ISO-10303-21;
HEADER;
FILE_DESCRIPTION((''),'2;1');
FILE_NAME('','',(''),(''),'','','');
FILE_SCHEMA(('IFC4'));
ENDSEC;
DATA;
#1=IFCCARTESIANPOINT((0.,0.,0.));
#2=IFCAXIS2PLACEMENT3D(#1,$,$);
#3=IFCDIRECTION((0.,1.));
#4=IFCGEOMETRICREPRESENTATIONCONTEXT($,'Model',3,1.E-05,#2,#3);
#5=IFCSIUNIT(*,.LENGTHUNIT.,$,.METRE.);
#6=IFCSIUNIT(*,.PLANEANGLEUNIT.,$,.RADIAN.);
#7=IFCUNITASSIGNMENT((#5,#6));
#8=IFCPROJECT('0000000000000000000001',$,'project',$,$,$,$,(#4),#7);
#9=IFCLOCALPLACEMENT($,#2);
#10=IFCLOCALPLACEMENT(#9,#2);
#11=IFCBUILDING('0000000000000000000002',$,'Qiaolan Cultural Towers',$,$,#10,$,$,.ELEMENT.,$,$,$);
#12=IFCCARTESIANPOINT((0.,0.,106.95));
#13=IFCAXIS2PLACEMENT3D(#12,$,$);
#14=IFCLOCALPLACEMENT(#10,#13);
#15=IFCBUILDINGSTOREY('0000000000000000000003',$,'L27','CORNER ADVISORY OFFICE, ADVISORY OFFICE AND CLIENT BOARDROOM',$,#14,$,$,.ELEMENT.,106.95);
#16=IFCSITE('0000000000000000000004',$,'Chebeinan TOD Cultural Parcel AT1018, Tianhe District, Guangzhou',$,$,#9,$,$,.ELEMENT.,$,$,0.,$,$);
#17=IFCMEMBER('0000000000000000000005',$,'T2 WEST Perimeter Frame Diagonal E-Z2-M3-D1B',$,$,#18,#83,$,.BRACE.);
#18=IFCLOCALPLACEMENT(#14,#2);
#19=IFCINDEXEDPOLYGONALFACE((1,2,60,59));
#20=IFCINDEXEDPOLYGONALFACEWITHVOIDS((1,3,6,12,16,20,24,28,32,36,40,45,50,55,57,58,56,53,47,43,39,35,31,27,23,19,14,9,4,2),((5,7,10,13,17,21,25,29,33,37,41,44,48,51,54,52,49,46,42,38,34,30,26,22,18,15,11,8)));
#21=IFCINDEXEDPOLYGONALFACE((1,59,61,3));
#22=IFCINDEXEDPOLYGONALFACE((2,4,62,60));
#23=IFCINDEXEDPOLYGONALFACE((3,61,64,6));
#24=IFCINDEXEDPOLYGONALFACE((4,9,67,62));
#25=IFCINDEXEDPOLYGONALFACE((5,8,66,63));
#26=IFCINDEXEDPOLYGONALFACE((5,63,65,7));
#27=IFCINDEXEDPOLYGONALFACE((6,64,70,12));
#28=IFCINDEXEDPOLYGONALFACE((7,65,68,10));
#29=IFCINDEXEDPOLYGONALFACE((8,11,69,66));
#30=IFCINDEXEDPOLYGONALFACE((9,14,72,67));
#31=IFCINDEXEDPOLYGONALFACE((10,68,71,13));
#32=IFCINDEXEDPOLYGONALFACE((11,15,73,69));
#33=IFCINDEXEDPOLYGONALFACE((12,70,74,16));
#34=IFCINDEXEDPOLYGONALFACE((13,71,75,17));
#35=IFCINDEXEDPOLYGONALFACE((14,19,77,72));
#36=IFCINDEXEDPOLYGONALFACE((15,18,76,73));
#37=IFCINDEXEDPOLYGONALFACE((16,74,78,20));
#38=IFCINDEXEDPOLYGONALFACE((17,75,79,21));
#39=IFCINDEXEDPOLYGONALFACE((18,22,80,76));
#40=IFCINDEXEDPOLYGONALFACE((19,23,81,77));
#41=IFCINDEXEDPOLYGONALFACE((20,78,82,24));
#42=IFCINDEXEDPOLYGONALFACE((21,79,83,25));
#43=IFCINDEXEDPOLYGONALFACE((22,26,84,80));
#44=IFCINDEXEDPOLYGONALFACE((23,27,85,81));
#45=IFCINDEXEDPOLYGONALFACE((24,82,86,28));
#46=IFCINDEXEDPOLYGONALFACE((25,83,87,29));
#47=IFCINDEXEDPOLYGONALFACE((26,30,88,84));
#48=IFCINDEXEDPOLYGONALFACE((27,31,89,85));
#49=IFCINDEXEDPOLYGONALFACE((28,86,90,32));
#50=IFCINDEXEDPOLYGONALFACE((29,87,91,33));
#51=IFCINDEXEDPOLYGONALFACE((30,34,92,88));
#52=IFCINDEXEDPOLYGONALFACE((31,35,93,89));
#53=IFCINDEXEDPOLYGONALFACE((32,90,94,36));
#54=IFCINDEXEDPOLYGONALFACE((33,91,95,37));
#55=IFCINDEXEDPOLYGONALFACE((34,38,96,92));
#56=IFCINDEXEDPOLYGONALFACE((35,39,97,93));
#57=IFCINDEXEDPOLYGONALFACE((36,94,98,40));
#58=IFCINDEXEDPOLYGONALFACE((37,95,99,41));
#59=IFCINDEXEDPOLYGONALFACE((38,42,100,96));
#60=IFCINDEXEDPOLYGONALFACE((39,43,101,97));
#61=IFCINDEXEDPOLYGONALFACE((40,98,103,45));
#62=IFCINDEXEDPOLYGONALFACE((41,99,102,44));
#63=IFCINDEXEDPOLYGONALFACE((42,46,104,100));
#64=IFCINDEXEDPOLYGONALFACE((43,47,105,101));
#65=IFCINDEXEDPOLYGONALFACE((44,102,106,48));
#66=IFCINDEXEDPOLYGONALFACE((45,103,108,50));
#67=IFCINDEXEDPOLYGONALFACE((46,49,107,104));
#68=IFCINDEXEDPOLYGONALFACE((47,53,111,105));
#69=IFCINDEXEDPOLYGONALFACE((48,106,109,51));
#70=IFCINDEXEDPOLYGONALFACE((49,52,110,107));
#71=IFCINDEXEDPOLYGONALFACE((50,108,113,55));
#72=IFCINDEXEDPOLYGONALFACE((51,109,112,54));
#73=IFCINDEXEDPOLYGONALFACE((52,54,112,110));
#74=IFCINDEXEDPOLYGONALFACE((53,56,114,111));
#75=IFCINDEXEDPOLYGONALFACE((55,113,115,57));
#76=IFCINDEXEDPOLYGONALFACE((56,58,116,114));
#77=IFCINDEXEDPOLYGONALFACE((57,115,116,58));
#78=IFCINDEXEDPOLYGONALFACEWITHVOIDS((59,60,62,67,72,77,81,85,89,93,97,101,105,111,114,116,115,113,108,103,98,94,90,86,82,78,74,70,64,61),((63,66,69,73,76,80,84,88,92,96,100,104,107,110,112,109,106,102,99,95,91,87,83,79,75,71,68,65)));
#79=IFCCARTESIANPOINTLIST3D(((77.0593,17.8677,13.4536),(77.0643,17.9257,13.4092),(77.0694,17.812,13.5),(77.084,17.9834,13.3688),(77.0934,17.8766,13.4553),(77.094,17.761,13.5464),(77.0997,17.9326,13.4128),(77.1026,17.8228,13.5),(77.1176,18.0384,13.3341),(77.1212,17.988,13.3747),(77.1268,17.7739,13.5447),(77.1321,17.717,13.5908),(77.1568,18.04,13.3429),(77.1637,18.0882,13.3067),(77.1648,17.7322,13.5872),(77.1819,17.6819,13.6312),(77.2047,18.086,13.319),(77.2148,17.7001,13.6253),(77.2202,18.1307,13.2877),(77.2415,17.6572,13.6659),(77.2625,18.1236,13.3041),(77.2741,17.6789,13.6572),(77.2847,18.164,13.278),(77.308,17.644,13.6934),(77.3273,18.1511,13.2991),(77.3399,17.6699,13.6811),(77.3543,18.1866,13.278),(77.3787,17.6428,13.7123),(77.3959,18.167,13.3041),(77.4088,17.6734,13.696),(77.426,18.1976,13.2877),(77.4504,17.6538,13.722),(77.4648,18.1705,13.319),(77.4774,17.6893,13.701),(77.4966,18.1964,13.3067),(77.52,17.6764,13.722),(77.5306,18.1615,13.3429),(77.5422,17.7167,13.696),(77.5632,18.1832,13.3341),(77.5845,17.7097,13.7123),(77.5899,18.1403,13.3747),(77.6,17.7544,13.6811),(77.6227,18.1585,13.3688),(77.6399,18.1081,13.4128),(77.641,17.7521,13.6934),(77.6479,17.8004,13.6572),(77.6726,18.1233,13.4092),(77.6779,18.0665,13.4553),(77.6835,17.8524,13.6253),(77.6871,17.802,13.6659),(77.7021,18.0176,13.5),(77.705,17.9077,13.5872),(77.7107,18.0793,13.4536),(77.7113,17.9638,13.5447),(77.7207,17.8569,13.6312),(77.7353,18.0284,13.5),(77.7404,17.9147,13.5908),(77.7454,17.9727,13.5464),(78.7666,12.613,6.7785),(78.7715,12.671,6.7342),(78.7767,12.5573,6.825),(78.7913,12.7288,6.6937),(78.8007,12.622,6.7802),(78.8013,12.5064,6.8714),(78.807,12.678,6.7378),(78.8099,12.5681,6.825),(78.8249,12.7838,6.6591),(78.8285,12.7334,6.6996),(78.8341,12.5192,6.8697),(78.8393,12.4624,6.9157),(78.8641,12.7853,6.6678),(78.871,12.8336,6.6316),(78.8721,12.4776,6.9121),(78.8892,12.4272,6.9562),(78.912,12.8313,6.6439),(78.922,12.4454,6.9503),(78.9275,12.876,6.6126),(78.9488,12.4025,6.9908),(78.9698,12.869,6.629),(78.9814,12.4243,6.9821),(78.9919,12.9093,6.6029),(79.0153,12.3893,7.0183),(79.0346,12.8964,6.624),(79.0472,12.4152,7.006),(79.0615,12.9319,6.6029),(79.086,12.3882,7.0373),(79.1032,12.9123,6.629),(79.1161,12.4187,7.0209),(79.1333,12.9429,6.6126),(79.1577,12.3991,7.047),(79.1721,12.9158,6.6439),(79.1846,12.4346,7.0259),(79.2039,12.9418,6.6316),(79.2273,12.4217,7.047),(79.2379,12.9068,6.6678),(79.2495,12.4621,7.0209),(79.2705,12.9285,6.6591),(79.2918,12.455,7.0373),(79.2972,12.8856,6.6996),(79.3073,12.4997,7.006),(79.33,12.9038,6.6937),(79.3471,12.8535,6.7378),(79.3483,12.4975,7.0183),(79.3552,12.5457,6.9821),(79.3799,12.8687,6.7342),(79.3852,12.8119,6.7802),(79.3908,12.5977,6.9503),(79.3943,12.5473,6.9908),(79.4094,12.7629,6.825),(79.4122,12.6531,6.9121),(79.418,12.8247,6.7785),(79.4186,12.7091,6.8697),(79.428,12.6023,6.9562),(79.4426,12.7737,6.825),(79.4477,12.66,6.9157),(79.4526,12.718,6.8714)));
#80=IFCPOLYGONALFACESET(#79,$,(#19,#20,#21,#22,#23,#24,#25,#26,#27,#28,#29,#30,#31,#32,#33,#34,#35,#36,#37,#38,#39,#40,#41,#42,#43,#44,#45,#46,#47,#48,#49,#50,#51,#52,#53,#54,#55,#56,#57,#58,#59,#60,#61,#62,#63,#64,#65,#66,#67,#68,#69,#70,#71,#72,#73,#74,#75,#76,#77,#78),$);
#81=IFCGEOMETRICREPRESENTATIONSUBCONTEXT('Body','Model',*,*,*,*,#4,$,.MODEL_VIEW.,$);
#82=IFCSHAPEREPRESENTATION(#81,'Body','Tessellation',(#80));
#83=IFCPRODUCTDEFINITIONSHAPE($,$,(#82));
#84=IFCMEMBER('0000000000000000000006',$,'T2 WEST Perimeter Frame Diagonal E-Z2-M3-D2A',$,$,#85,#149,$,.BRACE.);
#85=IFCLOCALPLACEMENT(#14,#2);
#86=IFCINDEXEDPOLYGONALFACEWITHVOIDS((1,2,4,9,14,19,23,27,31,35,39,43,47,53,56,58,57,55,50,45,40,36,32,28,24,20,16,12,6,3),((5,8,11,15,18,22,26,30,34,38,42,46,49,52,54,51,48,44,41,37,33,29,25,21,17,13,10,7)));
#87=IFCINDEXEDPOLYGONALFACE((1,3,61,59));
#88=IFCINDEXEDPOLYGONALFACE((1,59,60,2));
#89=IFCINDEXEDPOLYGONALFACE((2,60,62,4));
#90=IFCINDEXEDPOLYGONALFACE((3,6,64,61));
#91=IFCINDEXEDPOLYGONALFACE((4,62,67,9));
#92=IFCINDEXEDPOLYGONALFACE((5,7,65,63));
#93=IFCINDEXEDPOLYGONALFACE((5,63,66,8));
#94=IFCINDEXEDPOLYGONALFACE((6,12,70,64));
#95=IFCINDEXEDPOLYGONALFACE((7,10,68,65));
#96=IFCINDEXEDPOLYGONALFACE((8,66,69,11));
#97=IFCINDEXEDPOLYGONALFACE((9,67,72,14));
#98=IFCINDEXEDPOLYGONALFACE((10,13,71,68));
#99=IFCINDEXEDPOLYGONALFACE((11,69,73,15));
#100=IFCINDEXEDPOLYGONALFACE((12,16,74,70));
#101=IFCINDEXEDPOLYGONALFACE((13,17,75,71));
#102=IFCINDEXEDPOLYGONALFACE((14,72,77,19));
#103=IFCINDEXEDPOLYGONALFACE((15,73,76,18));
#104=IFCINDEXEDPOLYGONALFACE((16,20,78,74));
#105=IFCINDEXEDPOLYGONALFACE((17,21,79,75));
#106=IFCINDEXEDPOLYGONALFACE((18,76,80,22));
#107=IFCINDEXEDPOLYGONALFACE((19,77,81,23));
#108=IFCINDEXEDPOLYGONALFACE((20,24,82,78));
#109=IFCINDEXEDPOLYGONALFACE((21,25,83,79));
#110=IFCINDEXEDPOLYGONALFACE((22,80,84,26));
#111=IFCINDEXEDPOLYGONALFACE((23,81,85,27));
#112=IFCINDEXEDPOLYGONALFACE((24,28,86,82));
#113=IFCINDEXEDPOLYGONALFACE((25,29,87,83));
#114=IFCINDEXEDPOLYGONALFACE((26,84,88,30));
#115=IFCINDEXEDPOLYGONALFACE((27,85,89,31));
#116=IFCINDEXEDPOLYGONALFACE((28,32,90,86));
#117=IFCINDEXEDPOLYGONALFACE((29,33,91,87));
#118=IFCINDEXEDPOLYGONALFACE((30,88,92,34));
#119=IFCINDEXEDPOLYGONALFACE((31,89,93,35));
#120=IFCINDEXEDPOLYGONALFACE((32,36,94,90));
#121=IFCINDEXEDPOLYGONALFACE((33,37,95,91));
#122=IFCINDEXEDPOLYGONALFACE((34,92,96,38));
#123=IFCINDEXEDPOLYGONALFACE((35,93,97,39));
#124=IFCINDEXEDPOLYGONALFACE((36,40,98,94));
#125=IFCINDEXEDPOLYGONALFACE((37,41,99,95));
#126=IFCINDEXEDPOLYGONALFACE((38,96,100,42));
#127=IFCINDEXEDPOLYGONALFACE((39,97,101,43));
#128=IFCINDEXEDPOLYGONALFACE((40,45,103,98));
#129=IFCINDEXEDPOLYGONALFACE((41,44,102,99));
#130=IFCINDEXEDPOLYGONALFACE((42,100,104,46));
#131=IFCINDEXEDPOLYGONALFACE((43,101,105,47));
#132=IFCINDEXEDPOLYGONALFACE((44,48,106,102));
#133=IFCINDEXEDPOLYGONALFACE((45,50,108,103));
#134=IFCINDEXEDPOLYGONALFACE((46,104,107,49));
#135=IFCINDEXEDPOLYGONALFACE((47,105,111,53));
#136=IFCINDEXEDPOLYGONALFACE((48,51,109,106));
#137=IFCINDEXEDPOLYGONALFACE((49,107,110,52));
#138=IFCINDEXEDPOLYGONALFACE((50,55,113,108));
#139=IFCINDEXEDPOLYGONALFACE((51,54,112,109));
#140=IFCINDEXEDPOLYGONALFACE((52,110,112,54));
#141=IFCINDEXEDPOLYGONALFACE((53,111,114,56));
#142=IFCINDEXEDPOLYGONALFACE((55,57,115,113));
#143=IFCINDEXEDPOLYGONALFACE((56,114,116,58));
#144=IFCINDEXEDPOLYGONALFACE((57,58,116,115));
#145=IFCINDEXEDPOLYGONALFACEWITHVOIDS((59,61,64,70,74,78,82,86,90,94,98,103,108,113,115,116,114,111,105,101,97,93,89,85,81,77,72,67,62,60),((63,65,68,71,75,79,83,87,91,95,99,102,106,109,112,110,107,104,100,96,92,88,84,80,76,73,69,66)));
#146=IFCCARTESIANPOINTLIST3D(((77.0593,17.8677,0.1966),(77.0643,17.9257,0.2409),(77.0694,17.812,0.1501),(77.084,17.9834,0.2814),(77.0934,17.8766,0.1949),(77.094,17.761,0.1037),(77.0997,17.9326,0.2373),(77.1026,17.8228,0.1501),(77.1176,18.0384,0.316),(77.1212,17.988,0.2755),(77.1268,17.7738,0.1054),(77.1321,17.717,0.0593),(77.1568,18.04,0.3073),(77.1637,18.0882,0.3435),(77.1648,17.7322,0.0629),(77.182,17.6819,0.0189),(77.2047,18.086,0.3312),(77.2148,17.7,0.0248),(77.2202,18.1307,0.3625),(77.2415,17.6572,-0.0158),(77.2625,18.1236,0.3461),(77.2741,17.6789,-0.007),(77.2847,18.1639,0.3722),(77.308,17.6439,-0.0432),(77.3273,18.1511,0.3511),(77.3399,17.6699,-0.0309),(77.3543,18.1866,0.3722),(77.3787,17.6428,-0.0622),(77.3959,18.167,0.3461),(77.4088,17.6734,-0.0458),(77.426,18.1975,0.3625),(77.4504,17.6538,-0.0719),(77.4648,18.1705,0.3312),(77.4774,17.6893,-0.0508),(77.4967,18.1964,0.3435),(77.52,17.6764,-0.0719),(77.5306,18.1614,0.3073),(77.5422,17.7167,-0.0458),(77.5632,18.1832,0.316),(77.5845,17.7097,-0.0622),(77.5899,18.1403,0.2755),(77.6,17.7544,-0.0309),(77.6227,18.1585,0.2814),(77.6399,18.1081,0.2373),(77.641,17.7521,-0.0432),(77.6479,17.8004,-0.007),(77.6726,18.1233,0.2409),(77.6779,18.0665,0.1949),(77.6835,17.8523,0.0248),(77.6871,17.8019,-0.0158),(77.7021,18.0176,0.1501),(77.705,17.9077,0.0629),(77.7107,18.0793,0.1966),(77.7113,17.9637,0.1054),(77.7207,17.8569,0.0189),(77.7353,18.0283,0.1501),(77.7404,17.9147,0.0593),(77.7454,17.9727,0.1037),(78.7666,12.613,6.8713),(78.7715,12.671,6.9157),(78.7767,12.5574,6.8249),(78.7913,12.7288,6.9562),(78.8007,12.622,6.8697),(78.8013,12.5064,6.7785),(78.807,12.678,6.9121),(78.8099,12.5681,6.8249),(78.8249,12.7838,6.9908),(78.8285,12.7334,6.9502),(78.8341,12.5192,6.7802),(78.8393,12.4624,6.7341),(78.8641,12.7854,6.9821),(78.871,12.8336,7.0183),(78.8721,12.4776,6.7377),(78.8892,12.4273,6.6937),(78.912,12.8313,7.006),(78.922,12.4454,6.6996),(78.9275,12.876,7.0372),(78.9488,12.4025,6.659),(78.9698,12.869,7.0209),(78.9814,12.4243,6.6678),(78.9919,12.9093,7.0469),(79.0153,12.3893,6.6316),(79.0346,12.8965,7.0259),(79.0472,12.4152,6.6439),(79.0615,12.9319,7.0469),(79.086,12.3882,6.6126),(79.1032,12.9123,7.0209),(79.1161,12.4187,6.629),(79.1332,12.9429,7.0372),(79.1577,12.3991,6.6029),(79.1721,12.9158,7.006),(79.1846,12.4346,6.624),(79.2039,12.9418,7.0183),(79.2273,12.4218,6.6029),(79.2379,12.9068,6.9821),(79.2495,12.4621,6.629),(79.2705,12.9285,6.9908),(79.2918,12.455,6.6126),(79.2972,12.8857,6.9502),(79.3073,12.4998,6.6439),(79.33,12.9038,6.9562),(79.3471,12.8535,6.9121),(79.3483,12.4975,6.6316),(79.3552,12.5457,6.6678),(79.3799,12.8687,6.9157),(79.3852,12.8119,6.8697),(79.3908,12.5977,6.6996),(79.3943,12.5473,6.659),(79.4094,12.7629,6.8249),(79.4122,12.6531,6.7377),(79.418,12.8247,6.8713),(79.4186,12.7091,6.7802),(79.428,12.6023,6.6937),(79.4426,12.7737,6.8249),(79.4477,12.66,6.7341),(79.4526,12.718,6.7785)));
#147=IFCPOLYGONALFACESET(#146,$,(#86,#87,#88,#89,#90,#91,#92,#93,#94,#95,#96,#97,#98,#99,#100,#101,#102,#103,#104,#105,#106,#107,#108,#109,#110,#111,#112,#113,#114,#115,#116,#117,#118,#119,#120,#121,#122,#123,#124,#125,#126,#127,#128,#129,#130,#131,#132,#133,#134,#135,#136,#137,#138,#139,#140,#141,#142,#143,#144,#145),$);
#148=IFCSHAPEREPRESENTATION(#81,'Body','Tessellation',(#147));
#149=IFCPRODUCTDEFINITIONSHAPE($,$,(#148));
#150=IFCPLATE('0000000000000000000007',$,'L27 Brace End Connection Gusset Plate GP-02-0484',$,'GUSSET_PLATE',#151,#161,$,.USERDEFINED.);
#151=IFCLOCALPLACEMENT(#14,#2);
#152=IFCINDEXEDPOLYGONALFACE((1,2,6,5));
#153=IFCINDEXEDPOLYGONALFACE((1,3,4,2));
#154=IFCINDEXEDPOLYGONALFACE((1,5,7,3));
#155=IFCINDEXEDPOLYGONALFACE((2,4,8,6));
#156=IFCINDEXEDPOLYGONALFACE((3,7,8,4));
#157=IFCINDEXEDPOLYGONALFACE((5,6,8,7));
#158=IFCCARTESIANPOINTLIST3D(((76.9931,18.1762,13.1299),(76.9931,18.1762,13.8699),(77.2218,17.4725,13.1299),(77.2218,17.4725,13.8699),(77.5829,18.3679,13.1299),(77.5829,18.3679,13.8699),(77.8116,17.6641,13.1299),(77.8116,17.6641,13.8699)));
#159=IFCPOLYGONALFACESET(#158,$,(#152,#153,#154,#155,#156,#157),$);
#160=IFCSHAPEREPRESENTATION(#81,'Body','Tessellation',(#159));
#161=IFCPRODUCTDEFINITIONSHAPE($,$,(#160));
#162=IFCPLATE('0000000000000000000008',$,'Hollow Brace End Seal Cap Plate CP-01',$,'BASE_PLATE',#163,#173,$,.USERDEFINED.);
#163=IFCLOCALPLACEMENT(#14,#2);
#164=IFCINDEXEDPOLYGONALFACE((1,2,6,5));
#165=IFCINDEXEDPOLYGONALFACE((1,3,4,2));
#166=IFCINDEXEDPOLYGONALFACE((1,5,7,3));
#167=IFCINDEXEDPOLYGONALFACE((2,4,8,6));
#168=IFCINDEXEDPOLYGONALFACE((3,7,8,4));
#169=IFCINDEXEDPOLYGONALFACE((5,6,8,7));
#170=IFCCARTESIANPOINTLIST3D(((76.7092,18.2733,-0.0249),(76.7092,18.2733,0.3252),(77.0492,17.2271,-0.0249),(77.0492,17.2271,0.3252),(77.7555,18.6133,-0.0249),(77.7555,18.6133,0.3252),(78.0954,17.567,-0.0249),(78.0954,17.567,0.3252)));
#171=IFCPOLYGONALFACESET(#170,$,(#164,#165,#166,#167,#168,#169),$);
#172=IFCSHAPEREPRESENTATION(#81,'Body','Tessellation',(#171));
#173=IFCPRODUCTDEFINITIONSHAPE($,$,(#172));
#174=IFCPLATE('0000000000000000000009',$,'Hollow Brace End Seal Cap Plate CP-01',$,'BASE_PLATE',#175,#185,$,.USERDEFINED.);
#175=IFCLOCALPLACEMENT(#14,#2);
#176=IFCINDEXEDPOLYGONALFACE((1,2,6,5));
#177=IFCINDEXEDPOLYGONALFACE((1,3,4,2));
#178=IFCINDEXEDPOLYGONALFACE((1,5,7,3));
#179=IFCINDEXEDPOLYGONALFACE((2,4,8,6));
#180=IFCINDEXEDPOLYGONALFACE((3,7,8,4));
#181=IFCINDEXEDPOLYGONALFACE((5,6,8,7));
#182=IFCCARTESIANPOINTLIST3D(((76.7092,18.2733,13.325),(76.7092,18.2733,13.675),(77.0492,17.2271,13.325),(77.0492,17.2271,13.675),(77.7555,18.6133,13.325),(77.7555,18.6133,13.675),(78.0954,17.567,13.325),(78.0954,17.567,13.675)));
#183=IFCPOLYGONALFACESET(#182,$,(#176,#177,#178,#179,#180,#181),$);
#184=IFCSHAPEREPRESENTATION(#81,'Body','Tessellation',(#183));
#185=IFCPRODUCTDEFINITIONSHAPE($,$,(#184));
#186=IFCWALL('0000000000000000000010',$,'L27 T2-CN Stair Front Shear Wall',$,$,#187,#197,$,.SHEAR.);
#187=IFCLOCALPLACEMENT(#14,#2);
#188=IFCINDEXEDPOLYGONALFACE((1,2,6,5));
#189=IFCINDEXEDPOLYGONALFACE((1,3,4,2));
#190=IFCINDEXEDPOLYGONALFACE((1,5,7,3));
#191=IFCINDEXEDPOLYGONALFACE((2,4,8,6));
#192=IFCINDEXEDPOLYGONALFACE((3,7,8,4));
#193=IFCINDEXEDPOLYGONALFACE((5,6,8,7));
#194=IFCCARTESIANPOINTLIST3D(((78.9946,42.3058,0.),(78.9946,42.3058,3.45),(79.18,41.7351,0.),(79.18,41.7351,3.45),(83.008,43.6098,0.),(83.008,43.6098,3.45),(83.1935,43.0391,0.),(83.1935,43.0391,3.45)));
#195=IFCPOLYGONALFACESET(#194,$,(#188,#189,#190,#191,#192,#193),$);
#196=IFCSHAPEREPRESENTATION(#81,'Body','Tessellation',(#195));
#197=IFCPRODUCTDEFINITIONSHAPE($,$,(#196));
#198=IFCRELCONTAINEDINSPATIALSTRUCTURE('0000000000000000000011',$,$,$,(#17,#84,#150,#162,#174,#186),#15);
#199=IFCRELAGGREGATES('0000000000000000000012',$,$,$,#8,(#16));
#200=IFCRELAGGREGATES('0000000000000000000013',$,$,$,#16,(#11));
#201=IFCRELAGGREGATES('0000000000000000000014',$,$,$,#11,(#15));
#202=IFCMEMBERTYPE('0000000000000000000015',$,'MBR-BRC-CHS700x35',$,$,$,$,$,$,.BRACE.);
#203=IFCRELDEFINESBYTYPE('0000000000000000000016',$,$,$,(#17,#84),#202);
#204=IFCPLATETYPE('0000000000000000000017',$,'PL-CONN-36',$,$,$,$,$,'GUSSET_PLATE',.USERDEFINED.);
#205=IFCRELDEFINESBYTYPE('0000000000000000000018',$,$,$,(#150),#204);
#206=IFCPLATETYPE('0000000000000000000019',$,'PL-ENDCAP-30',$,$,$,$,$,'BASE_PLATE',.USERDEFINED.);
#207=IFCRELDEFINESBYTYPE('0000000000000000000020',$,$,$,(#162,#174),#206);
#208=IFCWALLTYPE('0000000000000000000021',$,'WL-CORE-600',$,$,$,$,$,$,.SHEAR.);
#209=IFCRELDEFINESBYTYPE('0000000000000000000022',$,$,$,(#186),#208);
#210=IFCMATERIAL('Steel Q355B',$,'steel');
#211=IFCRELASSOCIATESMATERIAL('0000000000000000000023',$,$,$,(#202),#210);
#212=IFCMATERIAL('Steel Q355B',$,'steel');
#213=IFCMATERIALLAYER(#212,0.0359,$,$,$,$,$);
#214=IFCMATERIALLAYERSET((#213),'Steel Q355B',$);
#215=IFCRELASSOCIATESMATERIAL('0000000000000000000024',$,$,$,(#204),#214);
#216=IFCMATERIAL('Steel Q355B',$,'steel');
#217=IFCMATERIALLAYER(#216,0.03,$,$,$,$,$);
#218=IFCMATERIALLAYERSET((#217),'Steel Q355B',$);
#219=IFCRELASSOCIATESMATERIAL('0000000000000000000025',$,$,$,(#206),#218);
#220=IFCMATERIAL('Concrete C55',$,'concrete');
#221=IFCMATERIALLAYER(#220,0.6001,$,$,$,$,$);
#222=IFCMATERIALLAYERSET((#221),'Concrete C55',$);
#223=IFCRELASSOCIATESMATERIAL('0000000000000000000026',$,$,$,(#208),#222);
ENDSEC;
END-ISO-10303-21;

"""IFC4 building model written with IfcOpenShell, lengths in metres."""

from ifc_helpers import new_model, si_unit, direction, frame, frame_2d, origin, origin_2d, place, context, subcontext, project, spatial, rectangle, hollow_circle, extrude, material, layer, layer_set, material_profile, profile_set, type_object, element, save


model = new_model("IFC4")

# Units and contexts
model_context = context("Model", 3, precision=1e-05, world=origin(), true_north=direction((0.0, 1.0)))
body_context = subcontext(model_context, "Body", "Model", "MODEL_VIEW")
ifc_project = project(units=[si_unit("LENGTHUNIT", "METRE"), si_unit("PLANEANGLEUNIT", "RADIAN")], contexts=[model_context])

# Site, building, storey
site_placement = place(None, origin())
site = spatial("IfcSite", under=ifc_project, at=site_placement, Name="Chebeinan TOD Cultural Parcel AT1018, Tianhe District, Guangzhou", CompositionType="ELEMENT", RefElevation=0.0)
building_placement = place(site_placement, origin())
building = spatial("IfcBuilding", under=site, at=building_placement, Name="Qiaolan Cultural Towers", CompositionType="ELEMENT")
storey_placement = place(building_placement, frame((0.0, 0.0, 106.95)))
storey = spatial("IfcBuildingStorey", under=building, at=storey_placement, Name="L27", Description="CORNER ADVISORY OFFICE, ADVISORY OFFICE AND CLIENT BOARDROOM", CompositionType="ELEMENT", Elevation=106.95)

# Members
ifc_material_1 = material(Name="Steel Q355B", Category="steel")
ifc_material_profile_1 = material_profile(ifc_material_1, hollow_circle(Radius=0.3501, WallThickness=0.0349, at=origin_2d()), Name="CHS700x35")
ifc_profile_set_1 = profile_set([ifc_material_profile_1], Name="Steel Q355B")
member_type = type_object("IfcMemberType", Name="MBR-BRC-CHS700x35", PredefinedType="BRACE", material=ifc_profile_set_1)
member_1_placement = place(storey_placement, frame((79.1096, 12.6655, 6.825), z_axis=(-0.197031, 0.606421, 0.770346), x_axis=(-0.95106, -0.309007, 0.0)))
element("IfcMember", 1, at=member_1_placement, inside=storey, type_object=member_type, Name="T2 WEST Perimeter Frame Diagonal E-Z2-M3-D1B", PredefinedType="BRACE", context=body_context, shape_type="SweptSolid", body=[
    extrude(hollow_circle(Radius=0.3501, WallThickness=0.0349, at=origin_2d()), origin(), (0.0, 0.0, 1.0), 8.665),
])
member_2_placement = place(storey_placement, frame((77.4023, 17.9202, 0.1501), z_axis=(0.197035, -0.606434, 0.770334), x_axis=(0.95106, 0.309007, 0.0)))
element("IfcMember", 2, at=member_2_placement, inside=storey, type_object=member_type, Name="T2 WEST Perimeter Frame Diagonal E-Z2-M3-D2A", PredefinedType="BRACE", context=body_context, shape_type="SweptSolid", body=[
    extrude(hollow_circle(Radius=0.3501, WallThickness=0.0349, at=origin_2d()), origin(), (0.0, 0.0, 1.0), 8.6648),
])

# Plates
ifc_material_2 = material(Name="Steel Q355B", Category="steel")
ifc_layer_1 = layer(ifc_material_2, 0.0359)
ifc_layer_set_1 = layer_set([ifc_layer_1], Name="Steel Q355B")
plate_type_1 = type_object("IfcPlateType", Name="PL-CONN-36", ElementType="GUSSET_PLATE", PredefinedType="USERDEFINED", material=ifc_layer_set_1)
plate_placement = place(storey_placement, frame((77.4023, 17.9202, 13.1299), z_axis=(0.0, 0.0, 1.0), x_axis=(-0.309017, 0.951057, 0.0)))
element("IfcPlate", 3, at=plate_placement, inside=storey, type_object=plate_type_1, Name="L27 Brace End Connection Gusset Plate GP-02-0484", ObjectType="GUSSET_PLATE", PredefinedType="USERDEFINED", context=body_context, shape_type="SweptSolid", body=[
    extrude(rectangle(XDim=0.74, YDim=0.6201, at=origin_2d()), origin(), (0.0, 0.0, 1.0), 0.74),
])
ifc_material_3 = material(Name="Steel Q355B", Category="steel")
ifc_layer_2 = layer(ifc_material_3, 0.03)
ifc_layer_set_2 = layer_set([ifc_layer_2], Name="Steel Q355B")
plate_type_2 = type_object("IfcPlateType", Name="PL-ENDCAP-30", ElementType="BASE_PLATE", PredefinedType="USERDEFINED", material=ifc_layer_set_2)
for number, where, z_axis, x_axis, name in (
    (4, (77.4023, 17.9202, -0.0249), (0.0, 0.0, 1.0), (-0.309017, 0.951057, 0.0), "Hollow Brace End Seal Cap Plate CP-01"),
    (5, (77.4023, 17.9202, 13.325), (0.0, 0.0, 1.0), (-0.309017, 0.951057, 0.0), "Hollow Brace End Seal Cap Plate CP-01"),
):
    element("IfcPlate", number, at=place(storey_placement, frame(where, z_axis=z_axis, x_axis=x_axis)), inside=storey, type_object=plate_type_2, Name=name, ObjectType="BASE_PLATE", PredefinedType="USERDEFINED", context=body_context, shape_type="SweptSolid", body=[
        extrude(rectangle(XDim=1.1001, YDim=1.1001, at=origin_2d()), origin(), (0.0, 0.0, 1.0), 0.3501),
    ])

# Wall
ifc_material_4 = material(Name="Concrete C55", Category="concrete")
ifc_layer_3 = layer(ifc_material_4, 0.6001)
ifc_layer_set_3 = layer_set([ifc_layer_3], Name="Concrete C55")
wall_type_1 = type_object("IfcWallType", Name="WL-CORE-600", PredefinedType="SHEAR", material=ifc_layer_set_3)
wall_1_placement = place(storey_placement, frame((79.0874, 42.0205, 0.0), z_axis=(0.0, 0.0, 1.0), x_axis=(0.951063, 0.308998, 0.0)))
element("IfcWall", 6, at=wall_1_placement, inside=storey, type_object=wall_type_1, Name="L27 T2-CN Stair Front Shear Wall", PredefinedType="SHEAR", context=body_context, shape_type="SweptSolid", body=[
    extrude(rectangle(XDim=4.22, YDim=0.6001, at=frame_2d((2.1099, 0.0))), origin(), (0.0, 0.0, 1.0), 3.45),
])

save(model, "model.ifc")
